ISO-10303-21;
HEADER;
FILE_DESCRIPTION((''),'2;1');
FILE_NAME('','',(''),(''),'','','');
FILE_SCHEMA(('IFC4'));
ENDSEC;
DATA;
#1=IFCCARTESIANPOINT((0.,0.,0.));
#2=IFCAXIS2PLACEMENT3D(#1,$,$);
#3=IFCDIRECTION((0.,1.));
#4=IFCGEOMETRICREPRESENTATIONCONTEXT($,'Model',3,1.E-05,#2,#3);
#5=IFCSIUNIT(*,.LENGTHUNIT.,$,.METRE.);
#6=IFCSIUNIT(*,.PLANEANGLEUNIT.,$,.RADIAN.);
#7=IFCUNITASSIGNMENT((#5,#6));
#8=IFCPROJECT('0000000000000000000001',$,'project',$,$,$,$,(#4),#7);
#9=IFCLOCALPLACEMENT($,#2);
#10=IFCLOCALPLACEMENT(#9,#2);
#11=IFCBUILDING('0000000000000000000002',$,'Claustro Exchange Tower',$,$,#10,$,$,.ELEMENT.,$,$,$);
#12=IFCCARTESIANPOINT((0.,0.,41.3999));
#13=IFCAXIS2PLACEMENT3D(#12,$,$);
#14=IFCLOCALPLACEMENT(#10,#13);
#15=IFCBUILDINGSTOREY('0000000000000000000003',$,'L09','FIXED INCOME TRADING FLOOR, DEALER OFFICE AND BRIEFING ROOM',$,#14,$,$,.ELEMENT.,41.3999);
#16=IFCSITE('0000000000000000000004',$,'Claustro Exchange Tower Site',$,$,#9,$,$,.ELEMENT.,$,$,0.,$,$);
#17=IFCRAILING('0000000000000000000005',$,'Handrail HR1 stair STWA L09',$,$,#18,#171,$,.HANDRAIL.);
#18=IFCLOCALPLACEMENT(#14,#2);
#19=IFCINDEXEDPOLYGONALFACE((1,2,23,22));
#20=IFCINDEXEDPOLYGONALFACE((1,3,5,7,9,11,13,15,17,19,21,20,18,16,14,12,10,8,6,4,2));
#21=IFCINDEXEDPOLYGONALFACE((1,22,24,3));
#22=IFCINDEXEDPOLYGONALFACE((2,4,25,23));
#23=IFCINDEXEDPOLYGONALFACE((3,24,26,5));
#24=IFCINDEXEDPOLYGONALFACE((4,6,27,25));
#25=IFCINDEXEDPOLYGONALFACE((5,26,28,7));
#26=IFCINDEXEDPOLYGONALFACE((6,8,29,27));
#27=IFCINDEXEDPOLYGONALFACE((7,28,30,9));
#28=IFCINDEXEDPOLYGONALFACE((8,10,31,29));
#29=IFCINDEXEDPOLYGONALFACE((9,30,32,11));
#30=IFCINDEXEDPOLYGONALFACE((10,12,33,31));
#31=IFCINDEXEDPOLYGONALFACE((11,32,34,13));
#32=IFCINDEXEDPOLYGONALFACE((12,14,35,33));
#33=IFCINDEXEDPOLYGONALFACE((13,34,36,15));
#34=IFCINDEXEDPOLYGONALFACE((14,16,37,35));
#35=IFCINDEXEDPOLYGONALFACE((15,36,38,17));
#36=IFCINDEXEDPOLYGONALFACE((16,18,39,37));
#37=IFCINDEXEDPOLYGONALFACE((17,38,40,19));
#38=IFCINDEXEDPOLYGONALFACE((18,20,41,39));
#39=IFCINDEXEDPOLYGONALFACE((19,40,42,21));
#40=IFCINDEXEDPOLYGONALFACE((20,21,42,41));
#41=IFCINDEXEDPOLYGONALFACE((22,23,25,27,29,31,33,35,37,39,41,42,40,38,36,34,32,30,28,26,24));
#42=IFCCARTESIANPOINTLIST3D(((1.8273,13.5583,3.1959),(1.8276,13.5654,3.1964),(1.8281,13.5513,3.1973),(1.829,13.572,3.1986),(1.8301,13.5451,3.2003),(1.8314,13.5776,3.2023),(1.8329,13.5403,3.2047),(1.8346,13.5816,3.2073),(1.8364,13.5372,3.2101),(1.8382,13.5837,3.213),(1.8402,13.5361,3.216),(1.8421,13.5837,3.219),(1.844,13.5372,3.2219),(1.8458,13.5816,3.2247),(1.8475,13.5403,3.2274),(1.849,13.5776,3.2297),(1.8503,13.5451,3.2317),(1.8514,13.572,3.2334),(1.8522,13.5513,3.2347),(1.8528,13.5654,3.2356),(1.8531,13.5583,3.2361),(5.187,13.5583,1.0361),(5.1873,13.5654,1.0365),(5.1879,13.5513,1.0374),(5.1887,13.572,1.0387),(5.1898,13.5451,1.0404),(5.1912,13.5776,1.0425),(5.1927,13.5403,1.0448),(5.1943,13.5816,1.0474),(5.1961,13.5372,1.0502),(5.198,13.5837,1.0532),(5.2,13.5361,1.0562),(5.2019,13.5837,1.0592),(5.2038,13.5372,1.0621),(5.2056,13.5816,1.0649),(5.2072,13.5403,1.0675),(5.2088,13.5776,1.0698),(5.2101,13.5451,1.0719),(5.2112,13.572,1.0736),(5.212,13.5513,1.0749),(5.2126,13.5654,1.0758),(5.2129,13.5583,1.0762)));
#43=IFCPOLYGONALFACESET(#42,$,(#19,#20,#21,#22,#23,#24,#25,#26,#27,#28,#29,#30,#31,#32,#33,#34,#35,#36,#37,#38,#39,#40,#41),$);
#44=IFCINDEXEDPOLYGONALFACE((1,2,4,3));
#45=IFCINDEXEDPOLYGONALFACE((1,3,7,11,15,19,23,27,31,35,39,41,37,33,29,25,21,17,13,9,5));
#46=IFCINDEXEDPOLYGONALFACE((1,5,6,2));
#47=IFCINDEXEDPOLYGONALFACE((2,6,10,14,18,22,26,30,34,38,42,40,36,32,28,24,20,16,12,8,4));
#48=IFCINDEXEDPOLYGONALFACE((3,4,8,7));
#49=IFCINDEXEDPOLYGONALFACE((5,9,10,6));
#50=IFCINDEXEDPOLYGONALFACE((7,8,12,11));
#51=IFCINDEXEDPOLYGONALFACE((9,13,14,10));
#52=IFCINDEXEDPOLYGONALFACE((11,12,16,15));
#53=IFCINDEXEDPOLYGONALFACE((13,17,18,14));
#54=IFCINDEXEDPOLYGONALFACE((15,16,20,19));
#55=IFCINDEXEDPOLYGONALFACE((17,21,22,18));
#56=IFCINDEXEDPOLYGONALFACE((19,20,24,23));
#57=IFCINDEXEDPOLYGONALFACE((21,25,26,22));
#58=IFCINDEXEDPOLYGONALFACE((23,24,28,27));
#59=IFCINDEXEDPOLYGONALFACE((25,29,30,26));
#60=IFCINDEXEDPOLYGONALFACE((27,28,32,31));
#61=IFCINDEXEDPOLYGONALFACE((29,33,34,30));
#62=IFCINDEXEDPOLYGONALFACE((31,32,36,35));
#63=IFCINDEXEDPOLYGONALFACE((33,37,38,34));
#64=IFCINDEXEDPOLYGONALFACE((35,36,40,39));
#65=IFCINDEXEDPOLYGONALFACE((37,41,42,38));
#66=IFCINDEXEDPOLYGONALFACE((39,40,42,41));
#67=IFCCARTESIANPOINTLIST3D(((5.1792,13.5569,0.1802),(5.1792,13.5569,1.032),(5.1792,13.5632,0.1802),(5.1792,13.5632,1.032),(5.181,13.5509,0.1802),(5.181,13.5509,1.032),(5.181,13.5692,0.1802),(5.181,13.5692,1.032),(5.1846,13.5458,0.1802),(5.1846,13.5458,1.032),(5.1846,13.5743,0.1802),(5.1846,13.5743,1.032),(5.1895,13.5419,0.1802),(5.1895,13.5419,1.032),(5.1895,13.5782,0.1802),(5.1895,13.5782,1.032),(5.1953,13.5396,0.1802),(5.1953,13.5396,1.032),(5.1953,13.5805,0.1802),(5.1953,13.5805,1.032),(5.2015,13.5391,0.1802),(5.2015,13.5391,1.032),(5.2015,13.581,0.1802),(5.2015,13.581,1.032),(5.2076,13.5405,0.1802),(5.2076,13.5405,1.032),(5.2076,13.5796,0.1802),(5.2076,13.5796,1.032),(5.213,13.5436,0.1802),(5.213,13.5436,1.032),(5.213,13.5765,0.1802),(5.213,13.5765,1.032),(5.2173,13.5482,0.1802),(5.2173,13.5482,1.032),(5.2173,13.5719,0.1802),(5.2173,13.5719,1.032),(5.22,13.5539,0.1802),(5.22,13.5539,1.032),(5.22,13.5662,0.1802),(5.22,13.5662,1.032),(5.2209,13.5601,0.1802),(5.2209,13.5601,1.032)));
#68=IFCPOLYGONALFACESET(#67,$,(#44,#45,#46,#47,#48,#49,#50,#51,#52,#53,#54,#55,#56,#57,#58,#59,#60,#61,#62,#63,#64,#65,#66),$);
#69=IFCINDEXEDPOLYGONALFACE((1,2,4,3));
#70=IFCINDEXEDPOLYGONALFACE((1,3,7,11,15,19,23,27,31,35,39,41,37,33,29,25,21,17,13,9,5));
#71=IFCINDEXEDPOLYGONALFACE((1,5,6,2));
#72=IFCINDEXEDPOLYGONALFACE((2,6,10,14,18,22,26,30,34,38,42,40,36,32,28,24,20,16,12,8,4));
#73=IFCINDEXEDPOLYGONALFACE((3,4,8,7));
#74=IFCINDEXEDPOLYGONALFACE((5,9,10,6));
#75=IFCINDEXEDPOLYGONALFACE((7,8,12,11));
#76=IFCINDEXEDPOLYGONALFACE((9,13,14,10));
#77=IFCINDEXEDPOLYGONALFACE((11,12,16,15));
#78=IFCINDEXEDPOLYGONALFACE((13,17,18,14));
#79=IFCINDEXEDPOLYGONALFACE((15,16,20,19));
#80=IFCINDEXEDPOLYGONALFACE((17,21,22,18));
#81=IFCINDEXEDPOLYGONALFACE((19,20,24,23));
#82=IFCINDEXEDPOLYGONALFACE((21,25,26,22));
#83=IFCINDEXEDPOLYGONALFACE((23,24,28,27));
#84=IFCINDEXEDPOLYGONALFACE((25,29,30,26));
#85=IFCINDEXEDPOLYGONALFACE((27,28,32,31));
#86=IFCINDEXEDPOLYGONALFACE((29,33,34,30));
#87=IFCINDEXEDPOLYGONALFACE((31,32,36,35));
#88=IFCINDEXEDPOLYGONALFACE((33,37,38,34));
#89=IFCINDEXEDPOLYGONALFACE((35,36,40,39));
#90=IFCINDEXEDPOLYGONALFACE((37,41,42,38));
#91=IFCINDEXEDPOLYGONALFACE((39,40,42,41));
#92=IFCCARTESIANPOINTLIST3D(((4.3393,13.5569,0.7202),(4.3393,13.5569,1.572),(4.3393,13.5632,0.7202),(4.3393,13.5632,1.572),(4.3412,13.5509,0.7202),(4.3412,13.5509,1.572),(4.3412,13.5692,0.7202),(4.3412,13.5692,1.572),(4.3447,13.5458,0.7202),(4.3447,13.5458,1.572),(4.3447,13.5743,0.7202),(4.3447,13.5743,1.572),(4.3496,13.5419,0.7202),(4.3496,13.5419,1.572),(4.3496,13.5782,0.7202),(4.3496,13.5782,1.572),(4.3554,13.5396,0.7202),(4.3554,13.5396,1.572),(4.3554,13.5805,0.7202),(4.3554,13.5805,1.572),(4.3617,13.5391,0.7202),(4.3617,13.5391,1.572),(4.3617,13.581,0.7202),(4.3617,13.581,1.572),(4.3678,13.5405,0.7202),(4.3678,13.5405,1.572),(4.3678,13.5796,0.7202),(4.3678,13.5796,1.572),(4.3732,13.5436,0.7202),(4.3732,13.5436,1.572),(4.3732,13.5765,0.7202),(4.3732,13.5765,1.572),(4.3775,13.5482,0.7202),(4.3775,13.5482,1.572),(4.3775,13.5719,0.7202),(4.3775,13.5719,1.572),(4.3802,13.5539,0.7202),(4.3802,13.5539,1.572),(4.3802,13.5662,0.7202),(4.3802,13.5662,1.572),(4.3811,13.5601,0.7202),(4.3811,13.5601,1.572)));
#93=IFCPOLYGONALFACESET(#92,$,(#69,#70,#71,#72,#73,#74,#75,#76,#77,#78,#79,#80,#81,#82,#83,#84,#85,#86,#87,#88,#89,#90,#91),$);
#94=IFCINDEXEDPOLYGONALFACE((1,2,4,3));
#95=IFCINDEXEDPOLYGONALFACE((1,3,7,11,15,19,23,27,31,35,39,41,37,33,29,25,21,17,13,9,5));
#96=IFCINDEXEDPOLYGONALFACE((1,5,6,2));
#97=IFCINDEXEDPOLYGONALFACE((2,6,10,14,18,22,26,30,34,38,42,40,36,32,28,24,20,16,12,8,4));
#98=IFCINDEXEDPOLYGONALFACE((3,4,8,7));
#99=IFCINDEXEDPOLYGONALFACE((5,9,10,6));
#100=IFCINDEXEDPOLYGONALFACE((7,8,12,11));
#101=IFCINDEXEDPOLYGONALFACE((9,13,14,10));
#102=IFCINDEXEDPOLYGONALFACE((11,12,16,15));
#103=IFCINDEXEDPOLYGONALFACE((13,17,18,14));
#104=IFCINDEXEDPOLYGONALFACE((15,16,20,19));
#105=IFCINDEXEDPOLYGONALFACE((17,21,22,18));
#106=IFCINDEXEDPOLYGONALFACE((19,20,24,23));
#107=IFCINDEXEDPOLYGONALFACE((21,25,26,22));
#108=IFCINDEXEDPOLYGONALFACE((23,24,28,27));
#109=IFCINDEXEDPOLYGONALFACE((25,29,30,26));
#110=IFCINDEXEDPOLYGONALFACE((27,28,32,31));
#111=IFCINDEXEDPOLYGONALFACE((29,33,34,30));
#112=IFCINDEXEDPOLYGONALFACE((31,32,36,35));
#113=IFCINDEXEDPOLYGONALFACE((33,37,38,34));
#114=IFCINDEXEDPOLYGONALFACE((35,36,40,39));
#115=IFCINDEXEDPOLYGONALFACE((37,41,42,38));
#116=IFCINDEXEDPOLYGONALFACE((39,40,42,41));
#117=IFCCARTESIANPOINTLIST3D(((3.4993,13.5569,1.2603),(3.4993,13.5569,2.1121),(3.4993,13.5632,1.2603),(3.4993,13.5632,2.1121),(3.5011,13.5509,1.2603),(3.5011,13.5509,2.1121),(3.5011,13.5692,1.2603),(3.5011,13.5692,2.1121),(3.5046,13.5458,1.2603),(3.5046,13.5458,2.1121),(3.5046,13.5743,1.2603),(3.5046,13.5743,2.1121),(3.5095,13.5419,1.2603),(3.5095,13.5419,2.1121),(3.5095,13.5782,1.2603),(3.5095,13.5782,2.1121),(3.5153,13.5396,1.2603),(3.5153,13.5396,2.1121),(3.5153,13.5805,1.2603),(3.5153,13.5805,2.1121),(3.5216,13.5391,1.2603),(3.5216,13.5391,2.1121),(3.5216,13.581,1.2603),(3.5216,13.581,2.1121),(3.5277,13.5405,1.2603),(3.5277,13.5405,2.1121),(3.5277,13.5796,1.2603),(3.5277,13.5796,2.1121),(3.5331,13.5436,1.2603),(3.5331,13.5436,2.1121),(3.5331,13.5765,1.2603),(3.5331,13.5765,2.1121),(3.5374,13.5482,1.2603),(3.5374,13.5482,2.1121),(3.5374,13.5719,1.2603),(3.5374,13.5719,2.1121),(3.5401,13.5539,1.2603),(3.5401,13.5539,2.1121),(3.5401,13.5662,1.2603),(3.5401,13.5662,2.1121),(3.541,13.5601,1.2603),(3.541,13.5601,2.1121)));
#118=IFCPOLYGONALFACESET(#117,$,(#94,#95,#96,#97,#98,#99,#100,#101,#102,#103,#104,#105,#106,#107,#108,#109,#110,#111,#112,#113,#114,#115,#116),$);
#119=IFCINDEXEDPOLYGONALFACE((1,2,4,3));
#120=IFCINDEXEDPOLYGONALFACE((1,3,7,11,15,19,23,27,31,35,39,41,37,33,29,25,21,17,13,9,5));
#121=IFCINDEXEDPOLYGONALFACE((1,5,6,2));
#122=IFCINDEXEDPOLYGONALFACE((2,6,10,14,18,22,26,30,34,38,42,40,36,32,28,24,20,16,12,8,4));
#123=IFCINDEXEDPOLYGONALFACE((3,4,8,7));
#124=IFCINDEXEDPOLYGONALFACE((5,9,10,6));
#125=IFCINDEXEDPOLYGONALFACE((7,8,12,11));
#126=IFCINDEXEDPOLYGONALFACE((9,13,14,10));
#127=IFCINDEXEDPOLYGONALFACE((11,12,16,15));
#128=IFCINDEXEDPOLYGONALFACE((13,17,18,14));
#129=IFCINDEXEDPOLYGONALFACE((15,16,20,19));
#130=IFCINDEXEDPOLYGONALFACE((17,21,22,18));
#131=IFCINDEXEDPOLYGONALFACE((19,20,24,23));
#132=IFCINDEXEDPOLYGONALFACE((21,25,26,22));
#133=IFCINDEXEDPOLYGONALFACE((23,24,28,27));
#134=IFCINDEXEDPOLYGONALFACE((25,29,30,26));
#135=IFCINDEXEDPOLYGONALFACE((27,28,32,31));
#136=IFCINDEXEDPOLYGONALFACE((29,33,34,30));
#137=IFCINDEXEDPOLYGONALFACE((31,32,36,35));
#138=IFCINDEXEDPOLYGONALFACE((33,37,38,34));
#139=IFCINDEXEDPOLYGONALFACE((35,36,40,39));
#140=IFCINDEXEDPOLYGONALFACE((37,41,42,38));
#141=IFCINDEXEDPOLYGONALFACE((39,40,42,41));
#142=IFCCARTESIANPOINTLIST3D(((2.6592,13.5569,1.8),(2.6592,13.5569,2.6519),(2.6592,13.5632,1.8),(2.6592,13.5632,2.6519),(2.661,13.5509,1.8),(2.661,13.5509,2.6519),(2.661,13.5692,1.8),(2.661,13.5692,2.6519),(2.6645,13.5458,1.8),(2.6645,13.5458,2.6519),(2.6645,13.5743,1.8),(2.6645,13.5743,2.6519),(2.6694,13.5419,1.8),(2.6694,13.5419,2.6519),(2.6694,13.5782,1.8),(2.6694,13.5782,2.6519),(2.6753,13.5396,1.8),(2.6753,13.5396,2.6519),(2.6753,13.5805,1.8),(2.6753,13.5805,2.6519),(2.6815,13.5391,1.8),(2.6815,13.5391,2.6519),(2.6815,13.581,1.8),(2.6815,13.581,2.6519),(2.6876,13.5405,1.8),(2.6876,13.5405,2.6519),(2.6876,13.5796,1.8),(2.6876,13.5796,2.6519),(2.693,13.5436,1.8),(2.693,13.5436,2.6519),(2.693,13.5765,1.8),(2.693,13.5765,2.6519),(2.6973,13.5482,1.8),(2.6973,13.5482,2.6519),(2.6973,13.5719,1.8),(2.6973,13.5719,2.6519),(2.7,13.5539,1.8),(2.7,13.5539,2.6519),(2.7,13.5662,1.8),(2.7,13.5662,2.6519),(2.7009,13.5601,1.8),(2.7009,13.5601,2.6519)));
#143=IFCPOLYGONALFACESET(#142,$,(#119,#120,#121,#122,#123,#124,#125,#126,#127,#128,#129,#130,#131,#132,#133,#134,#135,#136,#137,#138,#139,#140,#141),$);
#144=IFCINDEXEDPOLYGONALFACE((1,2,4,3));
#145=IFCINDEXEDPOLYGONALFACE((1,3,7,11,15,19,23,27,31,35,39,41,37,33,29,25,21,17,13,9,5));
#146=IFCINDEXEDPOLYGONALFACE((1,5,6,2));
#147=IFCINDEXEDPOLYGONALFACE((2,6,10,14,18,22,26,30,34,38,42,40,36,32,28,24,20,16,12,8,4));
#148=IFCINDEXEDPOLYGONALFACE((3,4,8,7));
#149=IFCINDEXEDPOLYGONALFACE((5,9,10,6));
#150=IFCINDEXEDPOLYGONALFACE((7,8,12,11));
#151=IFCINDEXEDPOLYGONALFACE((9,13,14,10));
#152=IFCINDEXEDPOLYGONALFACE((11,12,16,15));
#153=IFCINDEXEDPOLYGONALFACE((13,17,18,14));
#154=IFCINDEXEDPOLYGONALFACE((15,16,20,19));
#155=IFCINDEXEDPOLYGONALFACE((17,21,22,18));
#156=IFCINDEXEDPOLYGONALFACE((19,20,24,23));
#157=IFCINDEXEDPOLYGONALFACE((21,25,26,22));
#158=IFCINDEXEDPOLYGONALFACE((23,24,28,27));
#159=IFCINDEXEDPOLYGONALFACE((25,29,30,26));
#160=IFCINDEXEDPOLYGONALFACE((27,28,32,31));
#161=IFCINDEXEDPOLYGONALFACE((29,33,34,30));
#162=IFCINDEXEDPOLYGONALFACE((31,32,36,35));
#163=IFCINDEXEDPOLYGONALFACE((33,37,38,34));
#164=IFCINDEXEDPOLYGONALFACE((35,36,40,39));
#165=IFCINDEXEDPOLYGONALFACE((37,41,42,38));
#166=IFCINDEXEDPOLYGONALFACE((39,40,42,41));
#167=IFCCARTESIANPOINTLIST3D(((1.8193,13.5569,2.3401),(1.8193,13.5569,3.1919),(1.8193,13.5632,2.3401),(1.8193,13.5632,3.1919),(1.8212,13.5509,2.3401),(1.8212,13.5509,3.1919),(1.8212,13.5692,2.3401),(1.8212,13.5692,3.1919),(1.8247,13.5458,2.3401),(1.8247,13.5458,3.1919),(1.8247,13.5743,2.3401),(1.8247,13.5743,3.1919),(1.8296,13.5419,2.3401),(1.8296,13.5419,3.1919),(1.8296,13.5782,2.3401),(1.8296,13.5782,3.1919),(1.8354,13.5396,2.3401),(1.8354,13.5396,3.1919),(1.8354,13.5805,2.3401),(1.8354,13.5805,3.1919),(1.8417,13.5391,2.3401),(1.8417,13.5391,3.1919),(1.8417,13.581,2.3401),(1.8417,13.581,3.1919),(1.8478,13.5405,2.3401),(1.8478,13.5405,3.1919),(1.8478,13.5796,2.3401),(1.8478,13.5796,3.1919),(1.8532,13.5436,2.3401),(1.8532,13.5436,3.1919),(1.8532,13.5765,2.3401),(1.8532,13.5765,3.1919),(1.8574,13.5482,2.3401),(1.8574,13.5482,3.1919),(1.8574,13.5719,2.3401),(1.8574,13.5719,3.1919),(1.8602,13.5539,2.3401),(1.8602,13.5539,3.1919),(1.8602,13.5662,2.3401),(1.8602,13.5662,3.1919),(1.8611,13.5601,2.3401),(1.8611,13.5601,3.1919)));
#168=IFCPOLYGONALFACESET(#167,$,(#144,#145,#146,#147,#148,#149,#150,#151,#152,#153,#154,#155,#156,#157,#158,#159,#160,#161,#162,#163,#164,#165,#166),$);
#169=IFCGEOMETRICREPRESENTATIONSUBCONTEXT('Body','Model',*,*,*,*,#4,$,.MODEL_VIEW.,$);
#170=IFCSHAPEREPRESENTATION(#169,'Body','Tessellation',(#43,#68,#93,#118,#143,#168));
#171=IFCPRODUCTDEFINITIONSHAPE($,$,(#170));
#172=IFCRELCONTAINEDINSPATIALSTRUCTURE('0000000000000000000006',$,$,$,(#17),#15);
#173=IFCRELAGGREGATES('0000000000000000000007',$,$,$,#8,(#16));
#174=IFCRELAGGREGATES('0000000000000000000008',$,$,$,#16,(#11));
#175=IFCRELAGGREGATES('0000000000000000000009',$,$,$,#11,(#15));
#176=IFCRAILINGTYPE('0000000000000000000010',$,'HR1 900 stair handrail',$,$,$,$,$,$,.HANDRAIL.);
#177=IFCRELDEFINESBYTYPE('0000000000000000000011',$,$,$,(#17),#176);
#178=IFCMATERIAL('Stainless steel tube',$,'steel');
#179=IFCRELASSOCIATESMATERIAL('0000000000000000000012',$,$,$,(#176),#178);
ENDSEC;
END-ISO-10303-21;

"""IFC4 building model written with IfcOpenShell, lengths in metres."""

from ifc_helpers import new_model, si_unit, direction, frame, origin, origin_2d, place, context, subcontext, project, spatial, circle, extrude, material, type_object, element, save


model = new_model("IFC4")

# Units and contexts
model_context = context("Model", 3, precision=1e-05, world=origin(), true_north=direction((0.0, 1.0)))
body_context = subcontext(model_context, "Body", "Model", "MODEL_VIEW")
ifc_project = project(units=[si_unit("LENGTHUNIT", "METRE"), si_unit("PLANEANGLEUNIT", "RADIAN")], contexts=[model_context])

# Site, building, storey
site_placement = place(None, origin())
site = spatial("IfcSite", under=ifc_project, at=site_placement, Name="Claustro Exchange Tower Site", CompositionType="ELEMENT", RefElevation=0.0)
building_placement = place(site_placement, origin())
building = spatial("IfcBuilding", under=site, at=building_placement, Name="Claustro Exchange Tower", CompositionType="ELEMENT")
storey_placement = place(building_placement, frame((0.0, 0.0, 41.3999)))
storey = spatial("IfcBuildingStorey", under=building, at=storey_placement, Name="L09", Description="FIXED INCOME TRADING FLOOR, DEALER OFFICE AND BRIEFING ROOM", CompositionType="ELEMENT", Elevation=41.3999)

# Railing
ifc_material_1 = material(Name="Stainless steel tube", Category="steel")
railing_type_1 = type_object("IfcRailingType", Name="HR1 900 stair handrail", PredefinedType="HANDRAIL", material=ifc_material_1)
railing_1_placement = place(storey_placement, frame((5.2, 13.5601, 0.1802)))
element("IfcRailing", 1, at=railing_1_placement, inside=storey, type_object=railing_type_1, Name="Handrail HR1 stair STWA L09", PredefinedType="HANDRAIL", context=body_context, shape_type="SweptSolid", body=[
    extrude(circle(Radius=0.0239, at=origin_2d()), frame((0.0, 0.0, 0.876), z_axis=(-0.841178, 0.0, 0.540758), x_axis=(0.0, -1.0, 0.0)), (0.0, 0.0, 1.0), 3.9941),
    extrude(circle(Radius=0.021, at=origin_2d()), origin(), (0.0, 0.0, 1.0), 0.8518),
    extrude(circle(Radius=0.021, at=origin_2d()), frame((-0.8398, 0.0, 0.54)), (0.0, 0.0, 1.0), 0.8518),
    extrude(circle(Radius=0.021, at=origin_2d()), frame((-1.6799, 0.0, 1.0801)), (0.0, 0.0, 1.0), 0.8518),
    extrude(circle(Radius=0.021, at=origin_2d()), frame((-2.52, 0.0, 1.6199)), (0.0, 0.0, 1.0), 0.8518),
    extrude(circle(Radius=0.021, at=origin_2d()), frame((-3.3599, 0.0, 2.1599)), (0.0, 0.0, 1.0), 0.8518),
])

save(model, "model.ifc")
